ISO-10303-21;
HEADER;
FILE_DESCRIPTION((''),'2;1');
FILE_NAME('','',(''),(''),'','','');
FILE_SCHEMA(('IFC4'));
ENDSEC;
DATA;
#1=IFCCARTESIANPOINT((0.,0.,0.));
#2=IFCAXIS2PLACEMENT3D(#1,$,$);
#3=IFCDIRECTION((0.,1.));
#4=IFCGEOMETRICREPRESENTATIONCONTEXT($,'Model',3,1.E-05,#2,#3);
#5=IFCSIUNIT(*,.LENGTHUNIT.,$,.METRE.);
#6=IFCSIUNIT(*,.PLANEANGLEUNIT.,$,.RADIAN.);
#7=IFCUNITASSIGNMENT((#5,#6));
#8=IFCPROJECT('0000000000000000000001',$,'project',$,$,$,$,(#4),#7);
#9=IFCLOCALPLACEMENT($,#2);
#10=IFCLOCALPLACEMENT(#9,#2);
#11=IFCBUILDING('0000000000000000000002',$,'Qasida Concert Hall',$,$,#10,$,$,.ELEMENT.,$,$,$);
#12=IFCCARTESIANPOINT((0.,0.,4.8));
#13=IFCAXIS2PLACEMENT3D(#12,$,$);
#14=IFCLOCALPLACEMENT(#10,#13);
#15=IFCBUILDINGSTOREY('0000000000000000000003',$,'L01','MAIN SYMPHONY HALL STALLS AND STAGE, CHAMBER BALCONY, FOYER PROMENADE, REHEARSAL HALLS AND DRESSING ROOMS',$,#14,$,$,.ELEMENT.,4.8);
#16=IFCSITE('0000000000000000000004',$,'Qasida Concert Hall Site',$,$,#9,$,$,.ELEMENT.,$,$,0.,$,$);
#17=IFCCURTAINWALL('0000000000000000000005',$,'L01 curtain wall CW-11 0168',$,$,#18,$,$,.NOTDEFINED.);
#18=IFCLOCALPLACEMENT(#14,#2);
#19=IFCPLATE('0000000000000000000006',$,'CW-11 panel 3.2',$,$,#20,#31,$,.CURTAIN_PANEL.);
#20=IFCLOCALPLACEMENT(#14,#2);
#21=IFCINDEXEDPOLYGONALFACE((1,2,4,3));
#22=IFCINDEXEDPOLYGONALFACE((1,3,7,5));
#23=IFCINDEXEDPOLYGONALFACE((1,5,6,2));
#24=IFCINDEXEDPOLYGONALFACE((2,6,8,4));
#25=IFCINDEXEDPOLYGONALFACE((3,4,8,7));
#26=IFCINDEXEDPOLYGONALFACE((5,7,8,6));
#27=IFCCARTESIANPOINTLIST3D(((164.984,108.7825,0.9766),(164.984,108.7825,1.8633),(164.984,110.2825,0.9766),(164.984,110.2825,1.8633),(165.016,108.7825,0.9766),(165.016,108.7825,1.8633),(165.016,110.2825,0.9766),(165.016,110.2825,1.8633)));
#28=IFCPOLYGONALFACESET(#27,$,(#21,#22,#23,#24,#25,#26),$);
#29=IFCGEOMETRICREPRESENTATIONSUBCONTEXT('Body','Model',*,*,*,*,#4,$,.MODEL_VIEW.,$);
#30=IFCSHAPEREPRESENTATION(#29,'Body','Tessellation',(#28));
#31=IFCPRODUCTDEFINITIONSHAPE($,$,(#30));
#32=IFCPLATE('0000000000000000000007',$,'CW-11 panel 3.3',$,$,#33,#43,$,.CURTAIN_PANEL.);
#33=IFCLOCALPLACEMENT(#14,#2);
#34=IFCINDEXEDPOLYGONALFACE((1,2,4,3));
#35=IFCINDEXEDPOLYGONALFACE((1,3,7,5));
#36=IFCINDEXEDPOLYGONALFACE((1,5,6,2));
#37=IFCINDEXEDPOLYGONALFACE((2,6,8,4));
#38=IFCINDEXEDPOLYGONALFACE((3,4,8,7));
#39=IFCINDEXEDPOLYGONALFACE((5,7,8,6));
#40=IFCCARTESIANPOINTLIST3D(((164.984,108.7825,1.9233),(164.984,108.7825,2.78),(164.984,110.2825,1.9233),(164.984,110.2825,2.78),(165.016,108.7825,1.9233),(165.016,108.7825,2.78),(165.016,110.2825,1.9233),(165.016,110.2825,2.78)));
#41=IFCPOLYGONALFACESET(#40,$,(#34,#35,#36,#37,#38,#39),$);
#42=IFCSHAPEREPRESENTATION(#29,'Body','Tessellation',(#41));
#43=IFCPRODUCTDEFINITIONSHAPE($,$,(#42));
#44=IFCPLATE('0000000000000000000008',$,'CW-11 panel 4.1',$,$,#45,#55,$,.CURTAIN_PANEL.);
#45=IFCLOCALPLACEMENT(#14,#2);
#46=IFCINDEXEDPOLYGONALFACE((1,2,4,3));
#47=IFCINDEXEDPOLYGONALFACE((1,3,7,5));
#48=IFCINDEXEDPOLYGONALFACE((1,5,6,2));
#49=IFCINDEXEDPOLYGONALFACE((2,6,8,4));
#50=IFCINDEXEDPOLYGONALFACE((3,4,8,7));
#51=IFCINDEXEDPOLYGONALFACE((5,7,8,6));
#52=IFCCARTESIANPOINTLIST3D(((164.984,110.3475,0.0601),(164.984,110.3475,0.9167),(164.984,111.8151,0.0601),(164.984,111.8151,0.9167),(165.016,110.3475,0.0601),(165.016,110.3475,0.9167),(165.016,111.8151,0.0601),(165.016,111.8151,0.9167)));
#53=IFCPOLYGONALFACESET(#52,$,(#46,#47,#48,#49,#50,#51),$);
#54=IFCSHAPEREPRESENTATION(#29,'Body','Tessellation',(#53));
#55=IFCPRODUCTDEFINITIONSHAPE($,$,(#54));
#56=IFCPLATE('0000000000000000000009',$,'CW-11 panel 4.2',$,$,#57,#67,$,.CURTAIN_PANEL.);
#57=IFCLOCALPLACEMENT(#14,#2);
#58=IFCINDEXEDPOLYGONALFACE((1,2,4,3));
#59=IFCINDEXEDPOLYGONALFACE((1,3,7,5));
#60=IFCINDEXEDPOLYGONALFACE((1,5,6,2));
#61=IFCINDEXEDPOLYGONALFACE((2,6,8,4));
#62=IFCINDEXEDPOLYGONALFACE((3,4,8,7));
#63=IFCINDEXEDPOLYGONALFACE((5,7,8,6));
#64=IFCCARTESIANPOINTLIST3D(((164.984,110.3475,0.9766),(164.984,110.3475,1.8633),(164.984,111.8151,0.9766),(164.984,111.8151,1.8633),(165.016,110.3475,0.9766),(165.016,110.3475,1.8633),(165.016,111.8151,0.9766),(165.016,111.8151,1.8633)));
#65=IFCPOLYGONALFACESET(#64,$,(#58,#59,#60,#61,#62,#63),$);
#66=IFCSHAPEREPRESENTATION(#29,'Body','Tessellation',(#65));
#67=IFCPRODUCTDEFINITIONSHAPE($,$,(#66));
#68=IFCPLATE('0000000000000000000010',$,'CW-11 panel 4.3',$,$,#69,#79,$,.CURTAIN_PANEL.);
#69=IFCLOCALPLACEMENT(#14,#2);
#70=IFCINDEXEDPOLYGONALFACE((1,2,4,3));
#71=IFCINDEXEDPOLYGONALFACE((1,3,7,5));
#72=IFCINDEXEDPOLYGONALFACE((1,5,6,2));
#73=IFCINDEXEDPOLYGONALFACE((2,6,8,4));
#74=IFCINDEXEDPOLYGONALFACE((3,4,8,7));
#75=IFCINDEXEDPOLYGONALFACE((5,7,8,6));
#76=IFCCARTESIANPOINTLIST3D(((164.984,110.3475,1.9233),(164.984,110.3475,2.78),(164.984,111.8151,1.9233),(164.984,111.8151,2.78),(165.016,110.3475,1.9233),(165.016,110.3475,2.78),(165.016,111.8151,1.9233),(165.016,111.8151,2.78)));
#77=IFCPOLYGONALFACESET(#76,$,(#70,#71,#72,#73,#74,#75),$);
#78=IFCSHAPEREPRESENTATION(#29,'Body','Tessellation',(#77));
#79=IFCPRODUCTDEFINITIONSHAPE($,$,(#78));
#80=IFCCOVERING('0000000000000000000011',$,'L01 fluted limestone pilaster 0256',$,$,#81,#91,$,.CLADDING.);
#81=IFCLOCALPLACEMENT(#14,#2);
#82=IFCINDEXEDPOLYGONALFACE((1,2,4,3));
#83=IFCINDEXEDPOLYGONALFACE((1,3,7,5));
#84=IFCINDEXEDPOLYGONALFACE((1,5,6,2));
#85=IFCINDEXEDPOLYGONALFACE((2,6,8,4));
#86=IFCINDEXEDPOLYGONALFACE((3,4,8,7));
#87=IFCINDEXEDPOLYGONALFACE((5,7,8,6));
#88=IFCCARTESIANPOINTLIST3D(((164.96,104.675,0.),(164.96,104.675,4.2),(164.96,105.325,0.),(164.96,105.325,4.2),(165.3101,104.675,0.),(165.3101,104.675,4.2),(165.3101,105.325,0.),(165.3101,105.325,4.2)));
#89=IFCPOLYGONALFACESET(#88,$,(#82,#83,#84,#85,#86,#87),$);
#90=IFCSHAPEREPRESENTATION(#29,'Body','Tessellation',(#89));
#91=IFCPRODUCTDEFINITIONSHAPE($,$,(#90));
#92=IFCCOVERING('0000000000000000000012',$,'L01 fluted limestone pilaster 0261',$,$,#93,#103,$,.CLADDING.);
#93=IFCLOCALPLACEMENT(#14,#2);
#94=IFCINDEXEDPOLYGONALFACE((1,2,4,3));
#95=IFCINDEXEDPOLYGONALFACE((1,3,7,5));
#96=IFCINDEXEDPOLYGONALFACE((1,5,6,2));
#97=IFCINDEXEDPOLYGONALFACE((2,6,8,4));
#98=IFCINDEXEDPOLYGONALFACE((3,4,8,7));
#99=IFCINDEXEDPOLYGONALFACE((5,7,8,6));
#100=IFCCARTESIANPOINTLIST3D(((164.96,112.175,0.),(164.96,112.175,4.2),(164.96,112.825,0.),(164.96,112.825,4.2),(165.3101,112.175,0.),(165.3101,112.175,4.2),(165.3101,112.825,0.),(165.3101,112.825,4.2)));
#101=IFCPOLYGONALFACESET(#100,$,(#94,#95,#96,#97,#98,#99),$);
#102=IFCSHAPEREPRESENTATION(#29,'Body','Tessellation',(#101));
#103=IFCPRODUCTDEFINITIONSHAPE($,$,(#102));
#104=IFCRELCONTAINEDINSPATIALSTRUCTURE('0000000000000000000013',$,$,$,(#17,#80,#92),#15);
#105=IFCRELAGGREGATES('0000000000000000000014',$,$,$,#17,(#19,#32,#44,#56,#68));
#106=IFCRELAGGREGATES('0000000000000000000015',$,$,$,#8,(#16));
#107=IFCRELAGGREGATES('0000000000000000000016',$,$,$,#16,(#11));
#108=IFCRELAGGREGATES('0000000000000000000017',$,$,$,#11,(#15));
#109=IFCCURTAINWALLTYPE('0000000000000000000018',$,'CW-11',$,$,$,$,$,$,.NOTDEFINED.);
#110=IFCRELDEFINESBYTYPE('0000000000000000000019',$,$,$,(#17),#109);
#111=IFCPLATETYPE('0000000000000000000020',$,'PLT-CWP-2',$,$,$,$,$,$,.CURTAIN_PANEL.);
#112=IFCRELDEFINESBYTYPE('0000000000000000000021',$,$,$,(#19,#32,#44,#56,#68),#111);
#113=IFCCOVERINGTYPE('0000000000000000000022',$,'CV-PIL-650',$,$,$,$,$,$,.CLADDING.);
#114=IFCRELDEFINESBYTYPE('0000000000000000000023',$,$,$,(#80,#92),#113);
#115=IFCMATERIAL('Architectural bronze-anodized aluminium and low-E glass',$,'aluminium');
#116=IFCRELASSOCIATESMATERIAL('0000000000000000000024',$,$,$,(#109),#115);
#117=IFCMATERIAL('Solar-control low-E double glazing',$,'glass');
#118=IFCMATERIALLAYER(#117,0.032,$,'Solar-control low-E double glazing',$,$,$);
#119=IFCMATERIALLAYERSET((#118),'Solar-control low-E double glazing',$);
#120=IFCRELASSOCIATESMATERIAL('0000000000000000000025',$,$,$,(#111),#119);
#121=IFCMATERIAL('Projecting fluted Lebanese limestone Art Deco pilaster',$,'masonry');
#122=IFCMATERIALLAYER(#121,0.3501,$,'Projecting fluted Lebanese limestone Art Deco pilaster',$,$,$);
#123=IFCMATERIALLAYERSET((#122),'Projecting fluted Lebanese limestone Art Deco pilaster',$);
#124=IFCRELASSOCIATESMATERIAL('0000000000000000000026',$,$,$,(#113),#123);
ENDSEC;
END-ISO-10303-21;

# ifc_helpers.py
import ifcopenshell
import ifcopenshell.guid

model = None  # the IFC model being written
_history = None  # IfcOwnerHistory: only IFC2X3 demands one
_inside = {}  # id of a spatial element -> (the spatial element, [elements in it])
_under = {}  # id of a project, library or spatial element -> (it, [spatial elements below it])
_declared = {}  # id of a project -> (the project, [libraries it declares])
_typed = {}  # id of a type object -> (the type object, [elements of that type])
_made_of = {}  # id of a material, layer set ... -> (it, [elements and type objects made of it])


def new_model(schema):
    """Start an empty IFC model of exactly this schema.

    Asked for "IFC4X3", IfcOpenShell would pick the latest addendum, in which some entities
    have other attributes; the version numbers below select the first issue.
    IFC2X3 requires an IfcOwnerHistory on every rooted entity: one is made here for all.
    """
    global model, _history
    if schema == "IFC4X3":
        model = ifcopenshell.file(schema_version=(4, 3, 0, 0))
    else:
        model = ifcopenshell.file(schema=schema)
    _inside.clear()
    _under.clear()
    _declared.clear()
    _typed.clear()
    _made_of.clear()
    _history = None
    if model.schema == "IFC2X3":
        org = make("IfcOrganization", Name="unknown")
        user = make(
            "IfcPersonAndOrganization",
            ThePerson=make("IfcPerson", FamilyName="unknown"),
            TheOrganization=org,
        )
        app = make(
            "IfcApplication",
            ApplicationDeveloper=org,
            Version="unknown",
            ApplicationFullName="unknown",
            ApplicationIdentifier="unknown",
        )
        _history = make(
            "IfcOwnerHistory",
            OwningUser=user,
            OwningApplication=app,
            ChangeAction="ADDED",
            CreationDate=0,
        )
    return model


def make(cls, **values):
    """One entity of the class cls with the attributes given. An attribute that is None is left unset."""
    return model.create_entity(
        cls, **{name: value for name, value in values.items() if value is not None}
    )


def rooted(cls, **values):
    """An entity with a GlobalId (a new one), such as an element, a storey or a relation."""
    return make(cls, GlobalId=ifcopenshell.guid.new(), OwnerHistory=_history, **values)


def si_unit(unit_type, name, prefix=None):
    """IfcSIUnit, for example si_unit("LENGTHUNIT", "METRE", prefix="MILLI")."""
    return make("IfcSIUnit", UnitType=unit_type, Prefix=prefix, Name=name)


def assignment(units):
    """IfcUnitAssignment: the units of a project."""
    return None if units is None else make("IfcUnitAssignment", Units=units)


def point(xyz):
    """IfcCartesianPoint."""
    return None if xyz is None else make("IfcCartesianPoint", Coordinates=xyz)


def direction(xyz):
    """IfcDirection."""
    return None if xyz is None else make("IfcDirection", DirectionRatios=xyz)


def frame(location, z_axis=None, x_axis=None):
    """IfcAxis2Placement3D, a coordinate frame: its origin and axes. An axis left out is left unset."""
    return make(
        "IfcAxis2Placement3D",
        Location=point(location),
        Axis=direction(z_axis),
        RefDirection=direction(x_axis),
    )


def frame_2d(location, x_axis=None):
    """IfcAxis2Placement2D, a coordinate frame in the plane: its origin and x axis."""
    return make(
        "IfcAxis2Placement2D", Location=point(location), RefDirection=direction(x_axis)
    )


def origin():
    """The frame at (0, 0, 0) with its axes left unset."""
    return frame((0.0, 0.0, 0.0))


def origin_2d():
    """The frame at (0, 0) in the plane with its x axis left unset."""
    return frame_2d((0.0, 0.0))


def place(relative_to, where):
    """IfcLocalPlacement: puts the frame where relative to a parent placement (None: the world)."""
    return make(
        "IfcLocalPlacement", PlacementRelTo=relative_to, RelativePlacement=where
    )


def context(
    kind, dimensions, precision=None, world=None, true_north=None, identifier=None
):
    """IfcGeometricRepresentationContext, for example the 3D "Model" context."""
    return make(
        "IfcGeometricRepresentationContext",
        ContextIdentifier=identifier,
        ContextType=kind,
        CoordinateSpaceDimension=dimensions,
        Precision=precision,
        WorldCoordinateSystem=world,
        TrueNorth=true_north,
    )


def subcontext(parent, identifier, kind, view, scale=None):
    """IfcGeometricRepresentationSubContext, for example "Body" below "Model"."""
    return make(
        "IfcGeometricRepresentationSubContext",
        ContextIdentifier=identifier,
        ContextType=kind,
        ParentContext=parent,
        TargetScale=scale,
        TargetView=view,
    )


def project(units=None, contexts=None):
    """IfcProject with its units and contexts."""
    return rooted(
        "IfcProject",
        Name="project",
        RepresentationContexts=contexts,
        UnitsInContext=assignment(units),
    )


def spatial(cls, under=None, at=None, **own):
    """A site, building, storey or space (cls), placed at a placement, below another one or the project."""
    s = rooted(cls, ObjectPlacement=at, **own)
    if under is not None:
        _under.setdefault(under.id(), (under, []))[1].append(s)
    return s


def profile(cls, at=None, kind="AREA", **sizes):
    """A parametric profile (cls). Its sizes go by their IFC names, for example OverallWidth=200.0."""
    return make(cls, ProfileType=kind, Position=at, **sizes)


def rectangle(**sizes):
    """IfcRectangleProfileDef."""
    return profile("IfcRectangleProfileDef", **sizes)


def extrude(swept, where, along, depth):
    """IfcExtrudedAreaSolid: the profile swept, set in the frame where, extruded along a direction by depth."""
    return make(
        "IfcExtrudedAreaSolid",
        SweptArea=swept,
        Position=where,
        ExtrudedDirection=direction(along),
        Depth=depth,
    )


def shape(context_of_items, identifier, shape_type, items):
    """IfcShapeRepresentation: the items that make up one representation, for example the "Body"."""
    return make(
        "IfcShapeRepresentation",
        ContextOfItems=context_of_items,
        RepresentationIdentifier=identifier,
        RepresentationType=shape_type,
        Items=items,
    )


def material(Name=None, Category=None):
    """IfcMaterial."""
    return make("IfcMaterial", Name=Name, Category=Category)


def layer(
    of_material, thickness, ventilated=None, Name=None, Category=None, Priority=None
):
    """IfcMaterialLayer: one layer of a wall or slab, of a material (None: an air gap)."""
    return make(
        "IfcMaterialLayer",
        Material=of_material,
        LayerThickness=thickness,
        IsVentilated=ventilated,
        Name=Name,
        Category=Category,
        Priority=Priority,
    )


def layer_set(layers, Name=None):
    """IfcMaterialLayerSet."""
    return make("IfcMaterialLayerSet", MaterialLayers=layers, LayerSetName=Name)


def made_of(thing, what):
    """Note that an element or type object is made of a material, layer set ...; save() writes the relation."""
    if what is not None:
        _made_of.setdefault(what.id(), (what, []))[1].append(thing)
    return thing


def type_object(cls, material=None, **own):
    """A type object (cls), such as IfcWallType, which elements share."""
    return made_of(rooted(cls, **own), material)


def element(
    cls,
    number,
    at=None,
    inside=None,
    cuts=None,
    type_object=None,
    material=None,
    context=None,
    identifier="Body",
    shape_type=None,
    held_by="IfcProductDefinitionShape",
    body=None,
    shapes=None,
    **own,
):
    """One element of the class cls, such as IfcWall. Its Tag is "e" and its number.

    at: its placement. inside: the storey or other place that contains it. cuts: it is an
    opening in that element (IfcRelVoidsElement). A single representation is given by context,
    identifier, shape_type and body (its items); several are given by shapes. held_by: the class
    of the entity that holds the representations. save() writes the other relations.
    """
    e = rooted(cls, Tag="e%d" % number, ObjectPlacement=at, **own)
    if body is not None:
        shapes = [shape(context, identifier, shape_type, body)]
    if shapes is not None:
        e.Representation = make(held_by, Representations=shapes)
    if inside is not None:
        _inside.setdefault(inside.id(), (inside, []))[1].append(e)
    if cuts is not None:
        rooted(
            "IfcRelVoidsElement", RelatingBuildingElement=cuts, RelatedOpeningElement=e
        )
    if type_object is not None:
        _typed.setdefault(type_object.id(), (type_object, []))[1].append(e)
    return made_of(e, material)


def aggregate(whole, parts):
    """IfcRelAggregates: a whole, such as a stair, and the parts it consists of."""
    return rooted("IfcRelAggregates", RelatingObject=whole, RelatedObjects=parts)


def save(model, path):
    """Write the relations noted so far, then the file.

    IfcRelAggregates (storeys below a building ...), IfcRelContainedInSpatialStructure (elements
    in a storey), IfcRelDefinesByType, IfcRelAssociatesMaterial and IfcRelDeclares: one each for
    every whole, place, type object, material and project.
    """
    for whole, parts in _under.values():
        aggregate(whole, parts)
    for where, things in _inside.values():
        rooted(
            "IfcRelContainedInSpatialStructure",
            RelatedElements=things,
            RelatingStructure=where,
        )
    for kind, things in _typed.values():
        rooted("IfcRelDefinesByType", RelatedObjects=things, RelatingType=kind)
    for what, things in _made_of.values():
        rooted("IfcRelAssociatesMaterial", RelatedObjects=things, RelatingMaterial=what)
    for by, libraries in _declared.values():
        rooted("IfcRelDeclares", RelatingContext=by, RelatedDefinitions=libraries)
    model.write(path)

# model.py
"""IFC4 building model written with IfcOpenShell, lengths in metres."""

from ifc_helpers import new_model, si_unit, direction, frame, origin, origin_2d, place, context, subcontext, project, spatial, rectangle, extrude, material, layer, layer_set, type_object, element, aggregate, save


model = new_model("IFC4")

# Units and contexts
model_context = context("Model", 3, precision=1e-05, world=origin(), true_north=direction((0.0, 1.0)))
body_context = subcontext(model_context, "Body", "Model", "MODEL_VIEW")
ifc_project = project(units=[si_unit("LENGTHUNIT", "METRE"), si_unit("PLANEANGLEUNIT", "RADIAN")], contexts=[model_context])

# Site, building, storey
site_placement = place(None, origin())
site = spatial("IfcSite", under=ifc_project, at=site_placement, Name="Qasida Concert Hall Site", CompositionType="ELEMENT", RefElevation=0.0)
building_placement = place(site_placement, origin())
building = spatial("IfcBuilding", under=site, at=building_placement, Name="Qasida Concert Hall", CompositionType="ELEMENT")
storey_placement = place(building_placement, frame((0.0, 0.0, 4.8)))
storey = spatial("IfcBuildingStorey", under=building, at=storey_placement, Name="L01", Description="MAIN SYMPHONY HALL STALLS AND STAGE, CHAMBER BALCONY, FOYER PROMENADE, REHEARSAL HALLS AND DRESSING ROOMS", CompositionType="ELEMENT", Elevation=4.8)

# Curtain wall, plates
ifc_material_1 = material(Name="Architectural bronze-anodized aluminium and low-E glass", Category="aluminium")
curtain_wall_type = type_object("IfcCurtainWallType", Name="CW-11", PredefinedType="NOTDEFINED", material=ifc_material_1)
curtain_wall_placement = place(storey_placement, origin())
curtain_wall = element("IfcCurtainWall", 1, at=curtain_wall_placement, inside=storey, type_object=curtain_wall_type, Name="L01 curtain wall CW-11 0168", PredefinedType="NOTDEFINED")
ifc_material_2 = material(Name="Solar-control low-E double glazing", Category="glass")
ifc_layer_1 = layer(ifc_material_2, 0.032, Name="Solar-control low-E double glazing")
ifc_layer_set_1 = layer_set([ifc_layer_1], Name="Solar-control low-E double glazing")
plate_type = type_object("IfcPlateType", Name="PLT-CWP-2", PredefinedType="CURTAIN_PANEL", material=ifc_layer_set_1)
plate_1_placement = place(storey_placement, frame((165.0, 109.5325, 0.9766), z_axis=(0.0, 0.0, 1.0), x_axis=(0.0, 1.0, 0.0)))
plate_1 = element("IfcPlate", 2, at=plate_1_placement, type_object=plate_type, Name="CW-11 panel 3.2", PredefinedType="CURTAIN_PANEL", context=body_context, shape_type="SweptSolid", body=[
    extrude(rectangle(XDim=1.5, YDim=0.032, at=origin_2d()), origin(), (0.0, 0.0, 1.0), 0.8867),
])
plate_2_placement = place(storey_placement, frame((165.0, 109.5325, 1.9233), z_axis=(0.0, 0.0, 1.0), x_axis=(0.0, 1.0, 0.0)))
plate_2 = element("IfcPlate", 3, at=plate_2_placement, type_object=plate_type, Name="CW-11 panel 3.3", PredefinedType="CURTAIN_PANEL", context=body_context, shape_type="SweptSolid", body=[
    extrude(rectangle(XDim=1.5, YDim=0.032, at=origin_2d()), origin(), (0.0, 0.0, 1.0), 0.8567),
])
plate_3_placement = place(storey_placement, frame((165.0, 111.0813, 0.0601), z_axis=(0.0, 0.0, 1.0), x_axis=(0.0, 1.0, 0.0)))
plate_3 = element("IfcPlate", 4, at=plate_3_placement, type_object=plate_type, Name="CW-11 panel 4.1", PredefinedType="CURTAIN_PANEL", context=body_context, shape_type="SweptSolid", body=[
    extrude(rectangle(XDim=1.4675, YDim=0.032, at=origin_2d()), origin(), (0.0, 0.0, 1.0), 0.8567),
])
plate_4_placement = place(storey_placement, frame((165.0, 111.0813, 0.9766), z_axis=(0.0, 0.0, 1.0), x_axis=(0.0, 1.0, 0.0)))
plate_4 = element("IfcPlate", 5, at=plate_4_placement, type_object=plate_type, Name="CW-11 panel 4.2", PredefinedType="CURTAIN_PANEL", context=body_context, shape_type="SweptSolid", body=[
    extrude(rectangle(XDim=1.4675, YDim=0.032, at=origin_2d()), origin(), (0.0, 0.0, 1.0), 0.8867),
])
plate_5_placement = place(storey_placement, frame((165.0, 111.0813, 1.9233), z_axis=(0.0, 0.0, 1.0), x_axis=(0.0, 1.0, 0.0)))
plate_5 = element("IfcPlate", 6, at=plate_5_placement, type_object=plate_type, Name="CW-11 panel 4.3", PredefinedType="CURTAIN_PANEL", context=body_context, shape_type="SweptSolid", body=[
    extrude(rectangle(XDim=1.4675, YDim=0.032, at=origin_2d()), origin(), (0.0, 0.0, 1.0), 0.8567),
])
aggregate(curtain_wall, [plate_1, plate_2, plate_3, plate_4, plate_5])

# Coverings
ifc_material_3 = material(Name="Projecting fluted Lebanese limestone Art Deco pilaster", Category="masonry")
ifc_layer_2 = layer(ifc_material_3, 0.3501, Name="Projecting fluted Lebanese limestone Art Deco pilaster")
ifc_layer_set_2 = layer_set([ifc_layer_2], Name="Projecting fluted Lebanese limestone Art Deco pilaster")
covering_type = type_object("IfcCoveringType", Name="CV-PIL-650", PredefinedType="CLADDING", material=ifc_layer_set_2)
for number, where, z_axis, x_axis, name in (
    (7, (165.135, 105.0, 0.0), (0.0, 0.0, 1.0), (1.0, 0.0, 0.0), "L01 fluted limestone pilaster 0256"),
    (8, (165.135, 112.5, 0.0), (0.0, 0.0, 1.0), (1.0, 0.0, 0.0), "L01 fluted limestone pilaster 0261"),
):
    element("IfcCovering", number, at=place(storey_placement, frame(where, z_axis=z_axis, x_axis=x_axis)), inside=storey, type_object=covering_type, Name=name, PredefinedType="CLADDING", context=body_context, shape_type="SweptSolid", body=[
        extrude(rectangle(XDim=0.3501, YDim=0.6499, at=origin_2d()), origin(), (0.0, 0.0, 1.0), 4.2),
    ])

save(model, "model.ifc")
